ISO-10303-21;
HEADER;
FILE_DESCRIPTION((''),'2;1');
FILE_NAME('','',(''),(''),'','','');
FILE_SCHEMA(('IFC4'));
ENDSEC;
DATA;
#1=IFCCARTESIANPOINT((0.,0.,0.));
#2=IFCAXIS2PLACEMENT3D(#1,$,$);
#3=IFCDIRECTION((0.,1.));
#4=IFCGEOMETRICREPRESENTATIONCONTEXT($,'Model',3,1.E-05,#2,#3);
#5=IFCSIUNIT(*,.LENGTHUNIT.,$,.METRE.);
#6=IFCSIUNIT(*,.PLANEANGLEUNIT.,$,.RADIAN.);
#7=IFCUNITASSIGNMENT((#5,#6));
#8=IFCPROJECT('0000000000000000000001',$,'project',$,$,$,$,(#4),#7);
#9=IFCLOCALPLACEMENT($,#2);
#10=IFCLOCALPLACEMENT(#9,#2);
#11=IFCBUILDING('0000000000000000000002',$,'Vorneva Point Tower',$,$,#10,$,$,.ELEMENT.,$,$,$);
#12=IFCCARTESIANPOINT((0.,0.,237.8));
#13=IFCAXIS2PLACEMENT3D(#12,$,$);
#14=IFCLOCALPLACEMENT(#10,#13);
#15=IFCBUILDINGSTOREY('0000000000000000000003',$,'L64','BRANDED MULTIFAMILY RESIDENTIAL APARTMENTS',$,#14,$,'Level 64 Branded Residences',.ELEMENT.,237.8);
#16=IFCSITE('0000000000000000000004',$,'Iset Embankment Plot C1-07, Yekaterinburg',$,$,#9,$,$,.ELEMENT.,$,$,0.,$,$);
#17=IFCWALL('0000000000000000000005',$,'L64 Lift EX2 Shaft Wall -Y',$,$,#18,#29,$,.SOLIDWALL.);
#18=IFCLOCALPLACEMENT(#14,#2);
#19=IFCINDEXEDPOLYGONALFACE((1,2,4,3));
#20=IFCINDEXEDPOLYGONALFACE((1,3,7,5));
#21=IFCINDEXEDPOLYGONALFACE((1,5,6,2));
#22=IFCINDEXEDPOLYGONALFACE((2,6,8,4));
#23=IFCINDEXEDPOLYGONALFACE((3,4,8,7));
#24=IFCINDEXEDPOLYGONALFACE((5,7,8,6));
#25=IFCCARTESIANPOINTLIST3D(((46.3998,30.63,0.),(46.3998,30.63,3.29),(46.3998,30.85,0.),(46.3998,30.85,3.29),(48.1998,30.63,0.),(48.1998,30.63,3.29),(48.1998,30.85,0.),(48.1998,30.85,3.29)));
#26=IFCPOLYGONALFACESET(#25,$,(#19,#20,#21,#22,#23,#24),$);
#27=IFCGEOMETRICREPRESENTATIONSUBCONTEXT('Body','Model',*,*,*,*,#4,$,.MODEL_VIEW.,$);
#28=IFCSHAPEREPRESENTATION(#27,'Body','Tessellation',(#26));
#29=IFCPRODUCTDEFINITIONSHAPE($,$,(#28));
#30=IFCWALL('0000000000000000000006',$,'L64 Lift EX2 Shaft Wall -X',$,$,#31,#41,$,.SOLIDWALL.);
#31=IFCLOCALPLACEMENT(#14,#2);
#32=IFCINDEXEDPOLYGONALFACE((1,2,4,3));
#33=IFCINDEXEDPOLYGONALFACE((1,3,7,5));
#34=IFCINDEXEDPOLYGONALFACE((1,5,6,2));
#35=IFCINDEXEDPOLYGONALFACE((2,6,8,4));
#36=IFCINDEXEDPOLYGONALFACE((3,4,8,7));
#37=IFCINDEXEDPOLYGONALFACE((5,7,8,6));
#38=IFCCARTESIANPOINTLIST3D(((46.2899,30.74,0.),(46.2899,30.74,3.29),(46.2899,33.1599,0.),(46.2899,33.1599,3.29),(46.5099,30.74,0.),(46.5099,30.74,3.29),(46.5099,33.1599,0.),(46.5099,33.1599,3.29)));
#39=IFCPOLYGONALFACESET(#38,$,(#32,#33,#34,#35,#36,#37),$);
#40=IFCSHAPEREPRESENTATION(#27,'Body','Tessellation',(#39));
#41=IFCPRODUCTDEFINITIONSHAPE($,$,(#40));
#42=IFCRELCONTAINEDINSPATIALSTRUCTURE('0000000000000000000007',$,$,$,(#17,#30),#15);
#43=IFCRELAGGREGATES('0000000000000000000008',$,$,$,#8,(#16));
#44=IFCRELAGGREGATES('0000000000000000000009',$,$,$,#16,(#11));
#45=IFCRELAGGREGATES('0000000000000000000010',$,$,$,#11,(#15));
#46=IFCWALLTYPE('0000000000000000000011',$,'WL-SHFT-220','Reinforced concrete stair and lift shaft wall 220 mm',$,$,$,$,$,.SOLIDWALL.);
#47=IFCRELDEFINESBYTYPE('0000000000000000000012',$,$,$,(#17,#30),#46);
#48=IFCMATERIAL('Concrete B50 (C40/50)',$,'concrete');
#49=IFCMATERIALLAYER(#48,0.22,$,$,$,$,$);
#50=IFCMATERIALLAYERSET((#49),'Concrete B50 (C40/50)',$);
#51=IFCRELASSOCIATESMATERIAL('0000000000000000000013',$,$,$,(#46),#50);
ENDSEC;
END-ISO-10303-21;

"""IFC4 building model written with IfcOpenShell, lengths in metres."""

from ifc_helpers import new_model, si_unit, direction, frame, frame_2d, origin, place, context, subcontext, project, spatial, rectangle, extrude, material, layer, layer_set, type_object, element, save


model = new_model("IFC4")

# Units and contexts
model_context = context("Model", 3, precision=1e-05, world=origin(), true_north=direction((0.0, 1.0)))
body_context = subcontext(model_context, "Body", "Model", "MODEL_VIEW")
ifc_project = project(units=[si_unit("LENGTHUNIT", "METRE"), si_unit("PLANEANGLEUNIT", "RADIAN")], contexts=[model_context])

# Site, building, storey
site_placement = place(None, origin())
site = spatial("IfcSite", under=ifc_project, at=site_placement, Name="Iset Embankment Plot C1-07, Yekaterinburg", CompositionType="ELEMENT", RefElevation=0.0)
building_placement = place(site_placement, origin())
building = spatial("IfcBuilding", under=site, at=building_placement, Name="Vorneva Point Tower", CompositionType="ELEMENT")
storey_placement = place(building_placement, frame((0.0, 0.0, 237.8)))
storey = spatial("IfcBuildingStorey", under=building, at=storey_placement, Name="L64", Description="BRANDED MULTIFAMILY RESIDENTIAL APARTMENTS", LongName="Level 64 Branded Residences", CompositionType="ELEMENT", Elevation=237.8)

# Shared definitions
ifc_material_1 = material(Name="Concrete B50 (C40/50)", Category="concrete")

# Walls
ifc_layer_1 = layer(ifc_material_1, 0.22)
ifc_layer_set_1 = layer_set([ifc_layer_1], Name="Concrete B50 (C40/50)")
wall_type_1 = type_object("IfcWallType", Name="WL-SHFT-220", Description="Reinforced concrete stair and lift shaft wall 220 mm", PredefinedType="SOLIDWALL", material=ifc_layer_set_1)
wall_1_placement = place(storey_placement, frame((46.3999, 30.74, 0.0), z_axis=(0.0, 0.0, 1.0), x_axis=(1.0, 0.0, 0.0)))
element("IfcWall", 1, at=wall_1_placement, inside=storey, type_object=wall_type_1, Name="L64 Lift EX2 Shaft Wall -Y", PredefinedType="SOLIDWALL", context=body_context, shape_type="SweptSolid", body=[
    extrude(rectangle(XDim=1.8, YDim=0.22, at=frame_2d((0.8999, 0.0))), origin(), (0.0, 0.0, 1.0), 3.29),
])
wall_2_placement = place(storey_placement, frame((46.3999, 33.1599, 0.0), z_axis=(0.0, 0.0, 1.0), x_axis=(0.0, -1.0, 0.0)))
element("IfcWall", 2, at=wall_2_placement, inside=storey, type_object=wall_type_1, Name="L64 Lift EX2 Shaft Wall -X", PredefinedType="SOLIDWALL", context=body_context, shape_type="SweptSolid", body=[
    extrude(rectangle(XDim=2.4199, YDim=0.22, at=frame_2d((1.21, 0.0))), origin(), (0.0, 0.0, 1.0), 3.29),
])

save(model, "model.ifc")
